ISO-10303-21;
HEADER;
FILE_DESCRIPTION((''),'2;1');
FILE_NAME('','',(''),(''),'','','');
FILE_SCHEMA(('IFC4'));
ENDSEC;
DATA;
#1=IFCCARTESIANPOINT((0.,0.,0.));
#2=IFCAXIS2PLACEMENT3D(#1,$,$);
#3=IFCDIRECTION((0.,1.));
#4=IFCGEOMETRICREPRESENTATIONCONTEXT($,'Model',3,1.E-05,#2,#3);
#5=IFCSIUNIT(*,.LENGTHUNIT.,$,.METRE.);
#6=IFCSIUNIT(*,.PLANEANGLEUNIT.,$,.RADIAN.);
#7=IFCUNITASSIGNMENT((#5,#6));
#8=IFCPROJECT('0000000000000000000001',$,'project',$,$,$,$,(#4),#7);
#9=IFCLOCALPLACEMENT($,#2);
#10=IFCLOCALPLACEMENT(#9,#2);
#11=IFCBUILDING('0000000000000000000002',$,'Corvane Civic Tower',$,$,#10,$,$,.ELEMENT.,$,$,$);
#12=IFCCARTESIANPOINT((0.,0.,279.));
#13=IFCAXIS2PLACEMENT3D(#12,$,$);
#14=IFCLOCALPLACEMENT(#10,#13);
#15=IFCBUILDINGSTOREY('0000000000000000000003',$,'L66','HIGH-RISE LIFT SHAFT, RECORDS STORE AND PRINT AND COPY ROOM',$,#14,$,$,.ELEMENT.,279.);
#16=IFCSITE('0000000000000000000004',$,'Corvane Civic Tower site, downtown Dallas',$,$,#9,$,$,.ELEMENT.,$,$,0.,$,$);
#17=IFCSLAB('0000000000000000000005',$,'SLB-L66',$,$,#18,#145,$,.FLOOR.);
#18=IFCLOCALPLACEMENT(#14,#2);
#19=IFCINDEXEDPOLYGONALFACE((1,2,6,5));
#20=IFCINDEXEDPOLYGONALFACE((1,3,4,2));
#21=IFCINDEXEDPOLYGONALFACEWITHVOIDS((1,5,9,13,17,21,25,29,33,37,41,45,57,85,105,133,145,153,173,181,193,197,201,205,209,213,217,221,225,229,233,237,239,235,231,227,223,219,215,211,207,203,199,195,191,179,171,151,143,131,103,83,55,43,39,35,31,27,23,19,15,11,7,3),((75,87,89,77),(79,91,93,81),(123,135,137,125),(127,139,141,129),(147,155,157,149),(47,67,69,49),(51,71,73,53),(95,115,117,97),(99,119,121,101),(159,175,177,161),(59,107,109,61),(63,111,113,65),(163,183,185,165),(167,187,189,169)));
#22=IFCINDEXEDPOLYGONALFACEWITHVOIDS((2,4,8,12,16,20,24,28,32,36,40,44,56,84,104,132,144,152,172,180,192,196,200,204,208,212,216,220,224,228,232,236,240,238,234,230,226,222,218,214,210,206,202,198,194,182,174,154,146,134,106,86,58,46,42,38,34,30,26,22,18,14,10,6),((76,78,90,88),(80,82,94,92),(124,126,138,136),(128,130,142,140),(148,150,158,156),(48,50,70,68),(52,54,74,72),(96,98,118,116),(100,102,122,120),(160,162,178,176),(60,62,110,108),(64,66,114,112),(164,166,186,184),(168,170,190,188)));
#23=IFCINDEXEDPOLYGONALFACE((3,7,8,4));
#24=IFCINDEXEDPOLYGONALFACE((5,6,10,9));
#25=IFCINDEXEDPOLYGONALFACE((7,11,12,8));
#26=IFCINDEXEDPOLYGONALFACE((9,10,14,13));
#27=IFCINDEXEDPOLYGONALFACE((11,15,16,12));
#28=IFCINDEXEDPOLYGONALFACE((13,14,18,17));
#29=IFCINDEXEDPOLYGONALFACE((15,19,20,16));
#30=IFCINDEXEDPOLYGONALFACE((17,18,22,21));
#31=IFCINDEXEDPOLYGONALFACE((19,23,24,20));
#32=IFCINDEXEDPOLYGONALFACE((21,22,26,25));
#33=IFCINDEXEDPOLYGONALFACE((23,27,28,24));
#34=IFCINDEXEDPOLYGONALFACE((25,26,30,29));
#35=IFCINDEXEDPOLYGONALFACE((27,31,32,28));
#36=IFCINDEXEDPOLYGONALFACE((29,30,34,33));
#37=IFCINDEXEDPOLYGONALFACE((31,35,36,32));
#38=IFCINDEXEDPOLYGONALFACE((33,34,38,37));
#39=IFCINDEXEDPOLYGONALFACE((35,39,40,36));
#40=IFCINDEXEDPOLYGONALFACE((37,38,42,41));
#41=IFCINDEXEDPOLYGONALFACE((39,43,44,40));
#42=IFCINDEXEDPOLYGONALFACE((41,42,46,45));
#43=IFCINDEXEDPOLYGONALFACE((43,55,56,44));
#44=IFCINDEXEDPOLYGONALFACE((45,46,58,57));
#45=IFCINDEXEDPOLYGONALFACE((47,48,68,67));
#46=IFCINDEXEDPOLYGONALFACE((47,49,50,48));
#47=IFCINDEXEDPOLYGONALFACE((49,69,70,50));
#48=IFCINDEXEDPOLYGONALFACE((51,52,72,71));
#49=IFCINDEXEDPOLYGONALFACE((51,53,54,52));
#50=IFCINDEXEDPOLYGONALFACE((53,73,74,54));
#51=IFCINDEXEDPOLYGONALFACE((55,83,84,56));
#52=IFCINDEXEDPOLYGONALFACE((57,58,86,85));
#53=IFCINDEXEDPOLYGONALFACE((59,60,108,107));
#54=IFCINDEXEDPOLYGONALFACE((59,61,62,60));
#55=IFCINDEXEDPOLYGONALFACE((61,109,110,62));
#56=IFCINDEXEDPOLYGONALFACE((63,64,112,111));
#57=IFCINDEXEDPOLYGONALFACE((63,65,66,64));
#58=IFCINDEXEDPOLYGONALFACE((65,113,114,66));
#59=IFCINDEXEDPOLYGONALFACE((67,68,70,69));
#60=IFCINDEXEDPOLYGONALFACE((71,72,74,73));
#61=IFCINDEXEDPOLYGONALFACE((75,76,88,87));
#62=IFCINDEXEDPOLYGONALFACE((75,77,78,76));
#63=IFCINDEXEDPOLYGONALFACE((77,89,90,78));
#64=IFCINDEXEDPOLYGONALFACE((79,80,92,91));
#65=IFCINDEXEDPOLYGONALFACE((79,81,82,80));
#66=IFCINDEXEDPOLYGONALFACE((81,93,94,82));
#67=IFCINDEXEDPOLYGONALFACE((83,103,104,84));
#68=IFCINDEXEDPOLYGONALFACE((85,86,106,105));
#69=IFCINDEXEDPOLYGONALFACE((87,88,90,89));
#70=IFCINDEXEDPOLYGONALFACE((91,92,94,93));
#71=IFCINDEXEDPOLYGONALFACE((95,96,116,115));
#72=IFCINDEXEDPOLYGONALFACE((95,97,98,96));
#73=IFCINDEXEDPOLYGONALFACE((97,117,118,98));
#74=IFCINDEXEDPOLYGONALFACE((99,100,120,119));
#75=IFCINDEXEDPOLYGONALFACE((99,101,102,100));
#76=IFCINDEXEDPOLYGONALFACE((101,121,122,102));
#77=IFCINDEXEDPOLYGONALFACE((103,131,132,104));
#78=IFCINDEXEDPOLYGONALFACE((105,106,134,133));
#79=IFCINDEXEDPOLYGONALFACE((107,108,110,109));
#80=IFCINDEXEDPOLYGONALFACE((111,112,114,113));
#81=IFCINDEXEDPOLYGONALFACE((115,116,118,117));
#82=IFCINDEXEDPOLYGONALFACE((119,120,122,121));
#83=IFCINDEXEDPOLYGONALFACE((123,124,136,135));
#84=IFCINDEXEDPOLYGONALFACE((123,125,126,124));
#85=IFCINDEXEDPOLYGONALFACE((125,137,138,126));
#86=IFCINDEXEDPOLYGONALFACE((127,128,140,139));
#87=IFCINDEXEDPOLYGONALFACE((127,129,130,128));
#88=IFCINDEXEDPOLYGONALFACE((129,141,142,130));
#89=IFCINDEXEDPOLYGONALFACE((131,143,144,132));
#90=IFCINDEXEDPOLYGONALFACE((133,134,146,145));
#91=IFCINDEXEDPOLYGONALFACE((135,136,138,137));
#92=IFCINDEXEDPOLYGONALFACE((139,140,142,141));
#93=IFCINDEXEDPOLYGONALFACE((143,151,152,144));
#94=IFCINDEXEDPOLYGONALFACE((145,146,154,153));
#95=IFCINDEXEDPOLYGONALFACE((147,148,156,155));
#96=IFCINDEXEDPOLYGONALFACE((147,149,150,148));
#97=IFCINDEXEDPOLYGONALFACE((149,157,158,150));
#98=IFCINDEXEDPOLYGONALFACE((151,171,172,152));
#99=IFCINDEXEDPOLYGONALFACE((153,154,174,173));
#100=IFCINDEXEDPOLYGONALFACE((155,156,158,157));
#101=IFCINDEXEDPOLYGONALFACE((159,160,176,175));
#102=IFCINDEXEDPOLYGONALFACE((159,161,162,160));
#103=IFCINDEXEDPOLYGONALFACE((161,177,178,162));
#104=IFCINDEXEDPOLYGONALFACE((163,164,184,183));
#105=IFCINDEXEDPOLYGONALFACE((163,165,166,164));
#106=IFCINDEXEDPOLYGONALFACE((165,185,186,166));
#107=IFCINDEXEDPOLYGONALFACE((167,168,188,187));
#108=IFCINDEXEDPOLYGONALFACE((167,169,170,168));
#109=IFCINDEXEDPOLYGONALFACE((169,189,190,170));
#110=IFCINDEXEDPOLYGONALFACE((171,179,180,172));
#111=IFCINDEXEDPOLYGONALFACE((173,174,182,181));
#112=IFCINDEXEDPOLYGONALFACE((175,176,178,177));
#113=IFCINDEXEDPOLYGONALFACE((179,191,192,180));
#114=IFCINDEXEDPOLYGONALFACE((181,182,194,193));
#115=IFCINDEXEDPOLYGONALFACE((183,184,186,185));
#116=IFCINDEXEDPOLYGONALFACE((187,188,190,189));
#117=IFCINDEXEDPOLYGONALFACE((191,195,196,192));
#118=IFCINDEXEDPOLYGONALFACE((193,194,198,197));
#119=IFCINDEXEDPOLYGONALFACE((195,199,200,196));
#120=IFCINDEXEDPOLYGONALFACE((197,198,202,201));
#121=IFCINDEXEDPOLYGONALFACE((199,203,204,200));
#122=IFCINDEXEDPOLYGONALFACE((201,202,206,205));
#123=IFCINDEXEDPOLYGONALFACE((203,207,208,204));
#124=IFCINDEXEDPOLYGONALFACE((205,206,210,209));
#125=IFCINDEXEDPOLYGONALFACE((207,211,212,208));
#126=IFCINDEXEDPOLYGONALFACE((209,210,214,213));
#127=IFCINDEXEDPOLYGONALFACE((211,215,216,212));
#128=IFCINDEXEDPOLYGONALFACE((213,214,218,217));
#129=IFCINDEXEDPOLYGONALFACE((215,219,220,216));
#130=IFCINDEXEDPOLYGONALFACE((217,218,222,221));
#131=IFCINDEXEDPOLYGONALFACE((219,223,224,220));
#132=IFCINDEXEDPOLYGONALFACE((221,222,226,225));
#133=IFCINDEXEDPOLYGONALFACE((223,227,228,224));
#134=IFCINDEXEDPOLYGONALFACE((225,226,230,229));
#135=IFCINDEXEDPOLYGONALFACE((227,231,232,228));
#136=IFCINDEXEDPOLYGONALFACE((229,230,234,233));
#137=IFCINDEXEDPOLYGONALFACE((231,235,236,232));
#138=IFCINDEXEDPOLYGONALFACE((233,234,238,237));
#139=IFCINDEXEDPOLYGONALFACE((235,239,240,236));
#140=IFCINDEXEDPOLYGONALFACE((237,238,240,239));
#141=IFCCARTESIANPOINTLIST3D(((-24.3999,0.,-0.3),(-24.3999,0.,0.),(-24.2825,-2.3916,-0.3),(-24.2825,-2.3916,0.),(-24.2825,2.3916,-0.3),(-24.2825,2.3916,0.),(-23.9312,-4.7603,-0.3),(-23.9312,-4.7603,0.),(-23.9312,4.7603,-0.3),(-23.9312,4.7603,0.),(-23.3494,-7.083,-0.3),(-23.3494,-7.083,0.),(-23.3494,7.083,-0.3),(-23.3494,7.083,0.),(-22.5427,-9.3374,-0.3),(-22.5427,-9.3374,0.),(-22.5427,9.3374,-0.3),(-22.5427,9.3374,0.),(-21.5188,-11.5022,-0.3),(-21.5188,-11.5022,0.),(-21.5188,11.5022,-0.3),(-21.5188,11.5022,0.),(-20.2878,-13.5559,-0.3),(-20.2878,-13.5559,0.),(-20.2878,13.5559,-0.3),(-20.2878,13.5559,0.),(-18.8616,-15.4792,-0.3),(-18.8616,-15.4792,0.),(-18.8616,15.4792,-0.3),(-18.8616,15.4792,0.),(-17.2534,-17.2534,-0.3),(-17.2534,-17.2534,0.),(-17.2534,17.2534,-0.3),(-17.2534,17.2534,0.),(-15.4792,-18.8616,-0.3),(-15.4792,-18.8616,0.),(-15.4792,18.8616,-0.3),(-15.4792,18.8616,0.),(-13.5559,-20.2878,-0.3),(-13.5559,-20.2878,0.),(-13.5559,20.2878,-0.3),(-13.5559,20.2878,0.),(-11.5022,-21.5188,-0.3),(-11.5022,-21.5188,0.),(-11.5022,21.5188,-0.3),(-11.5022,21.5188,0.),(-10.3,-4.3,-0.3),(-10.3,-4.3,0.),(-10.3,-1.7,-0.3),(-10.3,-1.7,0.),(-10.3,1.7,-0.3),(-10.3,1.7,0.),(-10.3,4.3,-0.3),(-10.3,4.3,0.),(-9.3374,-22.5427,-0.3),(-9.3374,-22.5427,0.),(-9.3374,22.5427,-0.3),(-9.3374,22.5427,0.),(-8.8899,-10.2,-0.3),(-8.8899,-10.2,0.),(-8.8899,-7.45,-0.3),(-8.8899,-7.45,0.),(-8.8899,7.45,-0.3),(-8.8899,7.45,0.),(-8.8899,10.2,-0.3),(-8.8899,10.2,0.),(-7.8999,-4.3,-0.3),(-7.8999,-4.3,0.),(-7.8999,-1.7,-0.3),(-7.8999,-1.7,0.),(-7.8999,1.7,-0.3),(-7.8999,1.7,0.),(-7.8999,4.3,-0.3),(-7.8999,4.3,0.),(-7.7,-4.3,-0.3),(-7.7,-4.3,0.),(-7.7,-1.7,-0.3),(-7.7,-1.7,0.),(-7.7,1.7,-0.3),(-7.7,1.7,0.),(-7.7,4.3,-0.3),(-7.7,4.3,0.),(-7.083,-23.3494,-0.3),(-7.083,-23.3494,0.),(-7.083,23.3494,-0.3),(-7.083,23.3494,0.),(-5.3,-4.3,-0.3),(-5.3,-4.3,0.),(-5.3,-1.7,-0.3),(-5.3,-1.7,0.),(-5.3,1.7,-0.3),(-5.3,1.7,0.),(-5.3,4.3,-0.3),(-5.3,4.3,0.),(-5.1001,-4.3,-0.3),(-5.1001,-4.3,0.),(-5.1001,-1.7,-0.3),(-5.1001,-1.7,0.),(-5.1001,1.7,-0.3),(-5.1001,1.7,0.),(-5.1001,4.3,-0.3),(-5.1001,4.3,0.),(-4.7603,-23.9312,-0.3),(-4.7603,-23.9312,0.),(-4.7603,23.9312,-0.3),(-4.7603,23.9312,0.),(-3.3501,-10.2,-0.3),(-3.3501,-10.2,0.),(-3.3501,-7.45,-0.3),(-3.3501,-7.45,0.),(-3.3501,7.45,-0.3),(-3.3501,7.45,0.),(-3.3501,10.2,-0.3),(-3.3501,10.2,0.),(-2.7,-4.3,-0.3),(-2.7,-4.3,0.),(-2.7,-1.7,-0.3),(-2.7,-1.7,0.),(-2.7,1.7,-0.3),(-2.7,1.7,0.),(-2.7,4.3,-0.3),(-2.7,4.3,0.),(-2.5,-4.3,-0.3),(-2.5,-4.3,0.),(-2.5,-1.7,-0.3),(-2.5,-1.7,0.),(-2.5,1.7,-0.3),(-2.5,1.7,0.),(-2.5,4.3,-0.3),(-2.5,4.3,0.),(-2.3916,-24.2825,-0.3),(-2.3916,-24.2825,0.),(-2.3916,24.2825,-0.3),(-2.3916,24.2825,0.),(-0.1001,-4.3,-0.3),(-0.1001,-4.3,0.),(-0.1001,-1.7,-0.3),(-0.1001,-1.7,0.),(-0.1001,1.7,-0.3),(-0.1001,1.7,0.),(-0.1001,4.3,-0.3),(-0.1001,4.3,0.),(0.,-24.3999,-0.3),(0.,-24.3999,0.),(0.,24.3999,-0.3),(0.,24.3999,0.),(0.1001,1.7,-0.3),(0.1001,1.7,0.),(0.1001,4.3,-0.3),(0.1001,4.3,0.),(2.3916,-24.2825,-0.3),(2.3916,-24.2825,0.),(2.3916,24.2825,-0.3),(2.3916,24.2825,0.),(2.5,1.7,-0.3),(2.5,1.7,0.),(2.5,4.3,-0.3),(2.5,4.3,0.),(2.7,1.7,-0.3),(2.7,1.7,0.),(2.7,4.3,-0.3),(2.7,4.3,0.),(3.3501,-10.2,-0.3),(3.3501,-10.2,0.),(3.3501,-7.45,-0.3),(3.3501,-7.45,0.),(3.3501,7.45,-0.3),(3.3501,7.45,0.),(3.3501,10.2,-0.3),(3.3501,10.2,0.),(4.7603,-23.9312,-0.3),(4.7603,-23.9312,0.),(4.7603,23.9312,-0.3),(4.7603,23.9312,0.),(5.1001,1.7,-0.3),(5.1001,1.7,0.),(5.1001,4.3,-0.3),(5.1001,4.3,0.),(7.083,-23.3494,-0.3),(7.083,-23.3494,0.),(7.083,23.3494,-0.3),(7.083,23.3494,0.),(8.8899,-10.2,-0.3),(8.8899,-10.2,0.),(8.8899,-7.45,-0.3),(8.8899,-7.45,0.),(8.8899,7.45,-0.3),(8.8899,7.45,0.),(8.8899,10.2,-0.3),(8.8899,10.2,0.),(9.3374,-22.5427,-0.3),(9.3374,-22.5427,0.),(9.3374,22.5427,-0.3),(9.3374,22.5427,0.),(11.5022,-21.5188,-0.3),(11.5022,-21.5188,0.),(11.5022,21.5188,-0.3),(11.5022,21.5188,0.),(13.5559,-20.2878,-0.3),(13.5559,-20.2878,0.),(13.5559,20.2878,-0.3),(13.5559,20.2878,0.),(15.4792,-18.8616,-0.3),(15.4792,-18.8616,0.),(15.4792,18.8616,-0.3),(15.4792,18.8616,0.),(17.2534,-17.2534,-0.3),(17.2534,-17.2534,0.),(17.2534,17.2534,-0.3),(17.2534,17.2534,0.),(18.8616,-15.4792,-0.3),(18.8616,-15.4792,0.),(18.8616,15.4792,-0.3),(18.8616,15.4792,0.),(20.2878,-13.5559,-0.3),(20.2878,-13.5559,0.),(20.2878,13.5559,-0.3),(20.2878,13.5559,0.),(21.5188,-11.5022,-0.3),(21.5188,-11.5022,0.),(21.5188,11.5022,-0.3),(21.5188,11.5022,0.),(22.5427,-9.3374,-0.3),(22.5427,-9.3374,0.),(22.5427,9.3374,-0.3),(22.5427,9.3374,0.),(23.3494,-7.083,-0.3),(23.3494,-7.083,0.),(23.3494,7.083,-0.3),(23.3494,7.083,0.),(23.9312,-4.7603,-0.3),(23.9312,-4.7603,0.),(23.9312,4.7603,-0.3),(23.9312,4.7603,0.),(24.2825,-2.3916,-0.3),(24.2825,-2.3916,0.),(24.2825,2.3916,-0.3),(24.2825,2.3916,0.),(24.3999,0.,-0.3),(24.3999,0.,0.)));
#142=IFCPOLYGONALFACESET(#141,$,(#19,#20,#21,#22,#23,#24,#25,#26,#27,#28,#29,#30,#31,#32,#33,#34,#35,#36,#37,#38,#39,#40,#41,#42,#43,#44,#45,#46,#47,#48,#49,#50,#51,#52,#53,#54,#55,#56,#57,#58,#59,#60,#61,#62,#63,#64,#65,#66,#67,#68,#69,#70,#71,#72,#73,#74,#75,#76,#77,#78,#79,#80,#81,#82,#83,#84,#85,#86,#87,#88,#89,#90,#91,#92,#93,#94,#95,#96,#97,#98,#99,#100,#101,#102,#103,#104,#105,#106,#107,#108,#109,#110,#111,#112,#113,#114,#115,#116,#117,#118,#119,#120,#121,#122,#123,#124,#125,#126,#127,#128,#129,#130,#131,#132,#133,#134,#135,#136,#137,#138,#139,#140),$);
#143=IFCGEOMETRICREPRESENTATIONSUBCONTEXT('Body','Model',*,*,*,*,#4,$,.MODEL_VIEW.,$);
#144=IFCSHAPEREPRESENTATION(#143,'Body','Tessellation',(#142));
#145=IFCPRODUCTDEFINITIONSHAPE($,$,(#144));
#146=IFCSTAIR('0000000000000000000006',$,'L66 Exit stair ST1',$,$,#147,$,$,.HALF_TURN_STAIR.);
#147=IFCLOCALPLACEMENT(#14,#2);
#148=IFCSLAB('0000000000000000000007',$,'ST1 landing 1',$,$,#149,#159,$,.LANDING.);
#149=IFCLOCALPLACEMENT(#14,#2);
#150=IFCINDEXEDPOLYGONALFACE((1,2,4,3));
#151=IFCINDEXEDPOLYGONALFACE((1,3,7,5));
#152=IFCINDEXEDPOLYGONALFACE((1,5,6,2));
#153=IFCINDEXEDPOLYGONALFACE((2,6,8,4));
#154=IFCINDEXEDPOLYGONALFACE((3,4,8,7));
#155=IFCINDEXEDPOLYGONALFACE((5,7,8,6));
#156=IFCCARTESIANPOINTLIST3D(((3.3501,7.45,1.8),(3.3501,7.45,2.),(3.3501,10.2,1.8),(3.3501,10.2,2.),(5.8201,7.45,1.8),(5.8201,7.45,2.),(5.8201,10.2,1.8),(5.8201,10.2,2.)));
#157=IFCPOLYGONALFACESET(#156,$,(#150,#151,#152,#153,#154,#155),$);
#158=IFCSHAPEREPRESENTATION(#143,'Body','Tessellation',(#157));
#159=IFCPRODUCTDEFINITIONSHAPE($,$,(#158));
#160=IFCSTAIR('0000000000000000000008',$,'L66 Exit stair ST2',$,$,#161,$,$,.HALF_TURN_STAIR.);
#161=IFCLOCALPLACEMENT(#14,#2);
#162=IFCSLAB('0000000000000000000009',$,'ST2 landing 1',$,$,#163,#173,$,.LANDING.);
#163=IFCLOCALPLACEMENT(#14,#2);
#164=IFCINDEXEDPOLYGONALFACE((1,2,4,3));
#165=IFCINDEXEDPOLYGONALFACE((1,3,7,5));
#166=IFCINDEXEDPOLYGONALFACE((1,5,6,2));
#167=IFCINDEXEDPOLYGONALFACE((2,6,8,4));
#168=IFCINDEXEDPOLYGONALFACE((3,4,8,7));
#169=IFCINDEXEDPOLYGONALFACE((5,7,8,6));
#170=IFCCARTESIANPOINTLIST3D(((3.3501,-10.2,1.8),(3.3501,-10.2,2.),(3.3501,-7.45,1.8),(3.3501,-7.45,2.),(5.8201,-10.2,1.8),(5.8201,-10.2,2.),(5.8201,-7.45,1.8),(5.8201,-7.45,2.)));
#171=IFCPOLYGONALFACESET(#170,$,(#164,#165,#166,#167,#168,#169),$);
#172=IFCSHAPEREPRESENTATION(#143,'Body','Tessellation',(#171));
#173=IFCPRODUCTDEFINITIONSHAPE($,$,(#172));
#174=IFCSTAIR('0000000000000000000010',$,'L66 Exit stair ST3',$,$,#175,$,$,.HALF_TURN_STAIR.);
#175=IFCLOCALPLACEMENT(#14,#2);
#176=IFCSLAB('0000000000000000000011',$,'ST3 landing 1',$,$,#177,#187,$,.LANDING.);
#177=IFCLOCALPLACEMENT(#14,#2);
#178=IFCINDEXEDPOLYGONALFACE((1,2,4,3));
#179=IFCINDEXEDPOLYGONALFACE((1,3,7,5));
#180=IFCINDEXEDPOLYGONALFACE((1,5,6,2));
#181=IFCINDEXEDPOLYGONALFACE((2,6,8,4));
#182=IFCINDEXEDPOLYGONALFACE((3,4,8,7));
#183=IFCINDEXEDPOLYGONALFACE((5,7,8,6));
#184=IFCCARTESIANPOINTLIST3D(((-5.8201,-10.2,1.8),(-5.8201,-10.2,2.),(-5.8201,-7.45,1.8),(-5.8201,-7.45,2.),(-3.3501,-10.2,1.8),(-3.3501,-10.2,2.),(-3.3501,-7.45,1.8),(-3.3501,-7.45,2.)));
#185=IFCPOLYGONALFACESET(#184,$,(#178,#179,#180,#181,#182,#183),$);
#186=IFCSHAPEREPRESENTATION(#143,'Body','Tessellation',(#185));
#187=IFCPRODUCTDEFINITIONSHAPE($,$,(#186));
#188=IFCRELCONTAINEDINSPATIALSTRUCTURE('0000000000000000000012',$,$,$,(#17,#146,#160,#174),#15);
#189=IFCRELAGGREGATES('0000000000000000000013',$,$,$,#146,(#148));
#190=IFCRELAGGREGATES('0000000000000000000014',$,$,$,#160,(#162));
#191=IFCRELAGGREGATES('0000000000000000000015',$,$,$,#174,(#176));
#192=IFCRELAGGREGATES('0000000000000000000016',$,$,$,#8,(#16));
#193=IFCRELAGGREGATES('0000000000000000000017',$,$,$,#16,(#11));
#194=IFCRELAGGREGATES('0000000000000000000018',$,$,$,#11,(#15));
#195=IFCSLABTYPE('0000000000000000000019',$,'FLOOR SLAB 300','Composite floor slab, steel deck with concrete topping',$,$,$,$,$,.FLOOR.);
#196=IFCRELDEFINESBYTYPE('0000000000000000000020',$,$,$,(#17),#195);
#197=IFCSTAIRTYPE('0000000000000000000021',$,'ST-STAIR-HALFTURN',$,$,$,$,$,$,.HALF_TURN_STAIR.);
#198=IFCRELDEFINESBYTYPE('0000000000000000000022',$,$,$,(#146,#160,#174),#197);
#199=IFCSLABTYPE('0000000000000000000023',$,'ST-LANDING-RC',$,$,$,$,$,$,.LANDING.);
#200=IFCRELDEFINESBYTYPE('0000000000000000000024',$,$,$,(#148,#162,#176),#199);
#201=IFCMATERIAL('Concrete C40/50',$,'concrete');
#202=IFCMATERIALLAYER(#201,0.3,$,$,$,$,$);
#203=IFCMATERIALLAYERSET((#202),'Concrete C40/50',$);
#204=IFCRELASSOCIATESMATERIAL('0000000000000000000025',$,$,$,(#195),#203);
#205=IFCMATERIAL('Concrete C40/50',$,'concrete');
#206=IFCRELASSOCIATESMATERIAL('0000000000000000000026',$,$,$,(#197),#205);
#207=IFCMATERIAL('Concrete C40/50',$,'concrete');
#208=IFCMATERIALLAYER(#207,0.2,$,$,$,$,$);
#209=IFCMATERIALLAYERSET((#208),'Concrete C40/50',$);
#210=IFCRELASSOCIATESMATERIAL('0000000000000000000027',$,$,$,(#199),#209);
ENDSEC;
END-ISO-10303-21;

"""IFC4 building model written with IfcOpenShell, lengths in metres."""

from ifc_helpers import new_model, si_unit, direction, frame, origin, place, context, subcontext, project, spatial, polyline, outline, extrude, material, layer, layer_set, type_object, element, aggregate, save


model = new_model("IFC4")

# Units and contexts
model_context = context("Model", 3, precision=1e-05, world=origin(), true_north=direction((0.0, 1.0)))
body_context = subcontext(model_context, "Body", "Model", "MODEL_VIEW")
ifc_project = project(units=[si_unit("LENGTHUNIT", "METRE"), si_unit("PLANEANGLEUNIT", "RADIAN")], contexts=[model_context])

# Site, building, storey
site_placement = place(None, origin())
site = spatial("IfcSite", under=ifc_project, at=site_placement, Name="Corvane Civic Tower site, downtown Dallas", CompositionType="ELEMENT", RefElevation=0.0)
building_placement = place(site_placement, origin())
building = spatial("IfcBuilding", under=site, at=building_placement, Name="Corvane Civic Tower", CompositionType="ELEMENT")
storey_placement = place(building_placement, frame((0.0, 0.0, 279.0)))
storey = spatial("IfcBuildingStorey", under=building, at=storey_placement, Name="L66", Description="HIGH-RISE LIFT SHAFT, RECORDS STORE AND PRINT AND COPY ROOM", CompositionType="ELEMENT", Elevation=279.0)

# Slab
ifc_material_1 = material(Name="Concrete C40/50", Category="concrete")
ifc_layer_1 = layer(ifc_material_1, 0.3)
ifc_layer_set_1 = layer_set([ifc_layer_1], Name="Concrete C40/50")
slab_type_1 = type_object("IfcSlabType", Name="FLOOR SLAB 300", Description="Composite floor slab, steel deck with concrete topping", PredefinedType="FLOOR", material=ifc_layer_set_1)
slab_1_placement = place(storey_placement, frame((0.0, 0.0, -0.3)))
element("IfcSlab", 1, at=slab_1_placement, inside=storey, type_object=slab_type_1, Name="SLB-L66", PredefinedType="FLOOR", context=body_context, shape_type="SweptSolid", body=[
    extrude(outline(polyline([(0.0, 24.3999), (-2.3916, 24.2825), (-4.7603, 23.9312), (-7.083, 23.3494), (-9.3374, 22.5427), (-11.5022, 21.5188), (-13.5559, 20.2878), (-15.4792, 18.8616), (-17.2534, 17.2534), (-18.8616, 15.4792), (-20.2878, 13.5559), (-21.5188, 11.5022), (-22.5427, 9.3374), (-23.3494, 7.083), (-23.9312, 4.7603), (-24.2825, 2.3916), (-24.3999, 0.0), (-24.2825, -2.3916), (-23.9312, -4.7603), (-23.3494, -7.083), (-22.5427, -9.3374), (-21.5188, -11.5022), (-20.2878, -13.5559), (-18.8616, -15.4792), (-17.2534, -17.2534), (-15.4792, -18.8616), (-13.5559, -20.2878), (-11.5022, -21.5188), (-9.3374, -22.5427), (-7.083, -23.3494), (-4.7603, -23.9312), (-2.3916, -24.2825), (0.0, -24.3999), (2.3916, -24.2825), (4.7603, -23.9312), (7.083, -23.3494), (9.3374, -22.5427), (11.5022, -21.5188), (13.5559, -20.2878), (15.4792, -18.8616), (17.2534, -17.2534), (18.8616, -15.4792), (20.2878, -13.5559), (21.5188, -11.5022), (22.5427, -9.3374), (23.3494, -7.083), (23.9312, -4.7603), (24.2825, -2.3916), (24.3999, 0.0), (24.2825, 2.3916), (23.9312, 4.7603), (23.3494, 7.083), (22.5427, 9.3374), (21.5188, 11.5022), (20.2878, 13.5559), (18.8616, 15.4792), (17.2534, 17.2534), (15.4792, 18.8616), (13.5559, 20.2878), (11.5022, 21.5188), (9.3374, 22.5427), (7.083, 23.3494), (4.7603, 23.9312), (2.3916, 24.2825), (0.0, 24.3999)]), holes=[polyline([(-7.8999, 1.7), (-10.3, 1.7), (-10.3, 4.3), (-7.8999, 4.3), (-7.8999, 1.7)]), polyline([(-5.3, 1.7), (-7.7, 1.7), (-7.7, 4.3), (-5.3, 4.3), (-5.3, 1.7)]), polyline([(-2.7, 4.3), (-2.7, 1.7), (-5.1001, 1.7), (-5.1001, 4.3), (-2.7, 4.3)]), polyline([(-0.1001, 4.3), (-0.1001, 1.7), (-2.5, 1.7), (-2.5, 4.3), (-0.1001, 4.3)]), polyline([(2.5, 4.3), (2.5, 1.7), (0.1001, 1.7), (0.1001, 4.3), (2.5, 4.3)]), polyline([(5.1001, 4.3), (5.1001, 1.7), (2.7, 1.7), (2.7, 4.3), (5.1001, 4.3)]), polyline([(-10.3, -4.3), (-10.3, -1.7), (-7.8999, -1.7), (-7.8999, -4.3), (-10.3, -4.3)]), polyline([(-7.7, -4.3), (-7.7, -1.7), (-5.3, -1.7), (-5.3, -4.3), (-7.7, -4.3)]), polyline([(-2.7, -1.7), (-2.7, -4.3), (-5.1001, -4.3), (-5.1001, -1.7), (-2.7, -1.7)]), polyline([(-2.5, -4.3), (-2.5, -1.7), (-0.1001, -1.7), (-0.1001, -4.3), (-2.5, -4.3)]), polyline([(8.8899, 10.2), (8.8899, 7.45), (3.3501, 7.45), (3.3501, 10.2), (8.8899, 10.2)]), polyline([(-8.8899, 7.45), (-8.8899, 10.2), (-3.3501, 10.2), (-3.3501, 7.45), (-8.8899, 7.45)]), polyline([(8.8899, -7.45), (8.8899, -10.2), (3.3501, -10.2), (3.3501, -7.45), (8.8899, -7.45)]), polyline([(-8.8899, -10.2), (-8.8899, -7.45), (-3.3501, -7.45), (-3.3501, -10.2), (-8.8899, -10.2)])]), origin(), (0.0, 0.0, 1.0), 0.3),
])

# Stairs, slabs
ifc_material_2 = material(Name="Concrete C40/50", Category="concrete")
stair_type = type_object("IfcStairType", Name="ST-STAIR-HALFTURN", PredefinedType="HALF_TURN_STAIR", material=ifc_material_2)
stair_1_placement = place(storey_placement, origin())
stair_1 = element("IfcStair", 2, at=stair_1_placement, inside=storey, type_object=stair_type, Name="L66 Exit stair ST1", PredefinedType="HALF_TURN_STAIR")
ifc_material_3 = material(Name="Concrete C40/50", Category="concrete")
ifc_layer_2 = layer(ifc_material_3, 0.2)
ifc_layer_set_2 = layer_set([ifc_layer_2], Name="Concrete C40/50")
slab_type_2 = type_object("IfcSlabType", Name="ST-LANDING-RC", PredefinedType="LANDING", material=ifc_layer_set_2)
slab_2_placement = place(storey_placement, frame((0.0, 0.0, 1.8)))
slab_2 = element("IfcSlab", 3, at=slab_2_placement, type_object=slab_type_2, Name="ST1 landing 1", PredefinedType="LANDING", context=body_context, shape_type="SweptSolid", body=[
    extrude(outline(polyline([(5.8201, 10.2), (3.3501, 10.2), (3.3501, 7.45), (5.8201, 7.45), (5.8201, 10.2)])), origin(), (0.0, 0.0, 1.0), 0.2),
])
aggregate(stair_1, [slab_2])
stair_2_placement = place(storey_placement, origin())
stair_2 = element("IfcStair", 4, at=stair_2_placement, inside=storey, type_object=stair_type, Name="L66 Exit stair ST2", PredefinedType="HALF_TURN_STAIR")
slab_3_placement = place(storey_placement, frame((0.0, 0.0, 1.8)))
slab_3 = element("IfcSlab", 5, at=slab_3_placement, type_object=slab_type_2, Name="ST2 landing 1", PredefinedType="LANDING", context=body_context, shape_type="SweptSolid", body=[
    extrude(outline(polyline([(5.8201, -7.45), (3.3501, -7.45), (3.3501, -10.2), (5.8201, -10.2), (5.8201, -7.45)])), origin(), (0.0, 0.0, 1.0), 0.2),
])
aggregate(stair_2, [slab_3])
stair_3_placement = place(storey_placement, origin())
stair_3 = element("IfcStair", 6, at=stair_3_placement, inside=storey, type_object=stair_type, Name="L66 Exit stair ST3", PredefinedType="HALF_TURN_STAIR")
slab_4_placement = place(storey_placement, frame((0.0, 0.0, 1.8)))
slab_4 = element("IfcSlab", 7, at=slab_4_placement, type_object=slab_type_2, Name="ST3 landing 1", PredefinedType="LANDING", context=body_context, shape_type="SweptSolid", body=[
    extrude(outline(polyline([(-5.8201, -10.2), (-3.3501, -10.2), (-3.3501, -7.45), (-5.8201, -7.45), (-5.8201, -10.2)])), origin(), (0.0, 0.0, 1.0), 0.2),
])
aggregate(stair_3, [slab_4])

save(model, "model.ifc")
